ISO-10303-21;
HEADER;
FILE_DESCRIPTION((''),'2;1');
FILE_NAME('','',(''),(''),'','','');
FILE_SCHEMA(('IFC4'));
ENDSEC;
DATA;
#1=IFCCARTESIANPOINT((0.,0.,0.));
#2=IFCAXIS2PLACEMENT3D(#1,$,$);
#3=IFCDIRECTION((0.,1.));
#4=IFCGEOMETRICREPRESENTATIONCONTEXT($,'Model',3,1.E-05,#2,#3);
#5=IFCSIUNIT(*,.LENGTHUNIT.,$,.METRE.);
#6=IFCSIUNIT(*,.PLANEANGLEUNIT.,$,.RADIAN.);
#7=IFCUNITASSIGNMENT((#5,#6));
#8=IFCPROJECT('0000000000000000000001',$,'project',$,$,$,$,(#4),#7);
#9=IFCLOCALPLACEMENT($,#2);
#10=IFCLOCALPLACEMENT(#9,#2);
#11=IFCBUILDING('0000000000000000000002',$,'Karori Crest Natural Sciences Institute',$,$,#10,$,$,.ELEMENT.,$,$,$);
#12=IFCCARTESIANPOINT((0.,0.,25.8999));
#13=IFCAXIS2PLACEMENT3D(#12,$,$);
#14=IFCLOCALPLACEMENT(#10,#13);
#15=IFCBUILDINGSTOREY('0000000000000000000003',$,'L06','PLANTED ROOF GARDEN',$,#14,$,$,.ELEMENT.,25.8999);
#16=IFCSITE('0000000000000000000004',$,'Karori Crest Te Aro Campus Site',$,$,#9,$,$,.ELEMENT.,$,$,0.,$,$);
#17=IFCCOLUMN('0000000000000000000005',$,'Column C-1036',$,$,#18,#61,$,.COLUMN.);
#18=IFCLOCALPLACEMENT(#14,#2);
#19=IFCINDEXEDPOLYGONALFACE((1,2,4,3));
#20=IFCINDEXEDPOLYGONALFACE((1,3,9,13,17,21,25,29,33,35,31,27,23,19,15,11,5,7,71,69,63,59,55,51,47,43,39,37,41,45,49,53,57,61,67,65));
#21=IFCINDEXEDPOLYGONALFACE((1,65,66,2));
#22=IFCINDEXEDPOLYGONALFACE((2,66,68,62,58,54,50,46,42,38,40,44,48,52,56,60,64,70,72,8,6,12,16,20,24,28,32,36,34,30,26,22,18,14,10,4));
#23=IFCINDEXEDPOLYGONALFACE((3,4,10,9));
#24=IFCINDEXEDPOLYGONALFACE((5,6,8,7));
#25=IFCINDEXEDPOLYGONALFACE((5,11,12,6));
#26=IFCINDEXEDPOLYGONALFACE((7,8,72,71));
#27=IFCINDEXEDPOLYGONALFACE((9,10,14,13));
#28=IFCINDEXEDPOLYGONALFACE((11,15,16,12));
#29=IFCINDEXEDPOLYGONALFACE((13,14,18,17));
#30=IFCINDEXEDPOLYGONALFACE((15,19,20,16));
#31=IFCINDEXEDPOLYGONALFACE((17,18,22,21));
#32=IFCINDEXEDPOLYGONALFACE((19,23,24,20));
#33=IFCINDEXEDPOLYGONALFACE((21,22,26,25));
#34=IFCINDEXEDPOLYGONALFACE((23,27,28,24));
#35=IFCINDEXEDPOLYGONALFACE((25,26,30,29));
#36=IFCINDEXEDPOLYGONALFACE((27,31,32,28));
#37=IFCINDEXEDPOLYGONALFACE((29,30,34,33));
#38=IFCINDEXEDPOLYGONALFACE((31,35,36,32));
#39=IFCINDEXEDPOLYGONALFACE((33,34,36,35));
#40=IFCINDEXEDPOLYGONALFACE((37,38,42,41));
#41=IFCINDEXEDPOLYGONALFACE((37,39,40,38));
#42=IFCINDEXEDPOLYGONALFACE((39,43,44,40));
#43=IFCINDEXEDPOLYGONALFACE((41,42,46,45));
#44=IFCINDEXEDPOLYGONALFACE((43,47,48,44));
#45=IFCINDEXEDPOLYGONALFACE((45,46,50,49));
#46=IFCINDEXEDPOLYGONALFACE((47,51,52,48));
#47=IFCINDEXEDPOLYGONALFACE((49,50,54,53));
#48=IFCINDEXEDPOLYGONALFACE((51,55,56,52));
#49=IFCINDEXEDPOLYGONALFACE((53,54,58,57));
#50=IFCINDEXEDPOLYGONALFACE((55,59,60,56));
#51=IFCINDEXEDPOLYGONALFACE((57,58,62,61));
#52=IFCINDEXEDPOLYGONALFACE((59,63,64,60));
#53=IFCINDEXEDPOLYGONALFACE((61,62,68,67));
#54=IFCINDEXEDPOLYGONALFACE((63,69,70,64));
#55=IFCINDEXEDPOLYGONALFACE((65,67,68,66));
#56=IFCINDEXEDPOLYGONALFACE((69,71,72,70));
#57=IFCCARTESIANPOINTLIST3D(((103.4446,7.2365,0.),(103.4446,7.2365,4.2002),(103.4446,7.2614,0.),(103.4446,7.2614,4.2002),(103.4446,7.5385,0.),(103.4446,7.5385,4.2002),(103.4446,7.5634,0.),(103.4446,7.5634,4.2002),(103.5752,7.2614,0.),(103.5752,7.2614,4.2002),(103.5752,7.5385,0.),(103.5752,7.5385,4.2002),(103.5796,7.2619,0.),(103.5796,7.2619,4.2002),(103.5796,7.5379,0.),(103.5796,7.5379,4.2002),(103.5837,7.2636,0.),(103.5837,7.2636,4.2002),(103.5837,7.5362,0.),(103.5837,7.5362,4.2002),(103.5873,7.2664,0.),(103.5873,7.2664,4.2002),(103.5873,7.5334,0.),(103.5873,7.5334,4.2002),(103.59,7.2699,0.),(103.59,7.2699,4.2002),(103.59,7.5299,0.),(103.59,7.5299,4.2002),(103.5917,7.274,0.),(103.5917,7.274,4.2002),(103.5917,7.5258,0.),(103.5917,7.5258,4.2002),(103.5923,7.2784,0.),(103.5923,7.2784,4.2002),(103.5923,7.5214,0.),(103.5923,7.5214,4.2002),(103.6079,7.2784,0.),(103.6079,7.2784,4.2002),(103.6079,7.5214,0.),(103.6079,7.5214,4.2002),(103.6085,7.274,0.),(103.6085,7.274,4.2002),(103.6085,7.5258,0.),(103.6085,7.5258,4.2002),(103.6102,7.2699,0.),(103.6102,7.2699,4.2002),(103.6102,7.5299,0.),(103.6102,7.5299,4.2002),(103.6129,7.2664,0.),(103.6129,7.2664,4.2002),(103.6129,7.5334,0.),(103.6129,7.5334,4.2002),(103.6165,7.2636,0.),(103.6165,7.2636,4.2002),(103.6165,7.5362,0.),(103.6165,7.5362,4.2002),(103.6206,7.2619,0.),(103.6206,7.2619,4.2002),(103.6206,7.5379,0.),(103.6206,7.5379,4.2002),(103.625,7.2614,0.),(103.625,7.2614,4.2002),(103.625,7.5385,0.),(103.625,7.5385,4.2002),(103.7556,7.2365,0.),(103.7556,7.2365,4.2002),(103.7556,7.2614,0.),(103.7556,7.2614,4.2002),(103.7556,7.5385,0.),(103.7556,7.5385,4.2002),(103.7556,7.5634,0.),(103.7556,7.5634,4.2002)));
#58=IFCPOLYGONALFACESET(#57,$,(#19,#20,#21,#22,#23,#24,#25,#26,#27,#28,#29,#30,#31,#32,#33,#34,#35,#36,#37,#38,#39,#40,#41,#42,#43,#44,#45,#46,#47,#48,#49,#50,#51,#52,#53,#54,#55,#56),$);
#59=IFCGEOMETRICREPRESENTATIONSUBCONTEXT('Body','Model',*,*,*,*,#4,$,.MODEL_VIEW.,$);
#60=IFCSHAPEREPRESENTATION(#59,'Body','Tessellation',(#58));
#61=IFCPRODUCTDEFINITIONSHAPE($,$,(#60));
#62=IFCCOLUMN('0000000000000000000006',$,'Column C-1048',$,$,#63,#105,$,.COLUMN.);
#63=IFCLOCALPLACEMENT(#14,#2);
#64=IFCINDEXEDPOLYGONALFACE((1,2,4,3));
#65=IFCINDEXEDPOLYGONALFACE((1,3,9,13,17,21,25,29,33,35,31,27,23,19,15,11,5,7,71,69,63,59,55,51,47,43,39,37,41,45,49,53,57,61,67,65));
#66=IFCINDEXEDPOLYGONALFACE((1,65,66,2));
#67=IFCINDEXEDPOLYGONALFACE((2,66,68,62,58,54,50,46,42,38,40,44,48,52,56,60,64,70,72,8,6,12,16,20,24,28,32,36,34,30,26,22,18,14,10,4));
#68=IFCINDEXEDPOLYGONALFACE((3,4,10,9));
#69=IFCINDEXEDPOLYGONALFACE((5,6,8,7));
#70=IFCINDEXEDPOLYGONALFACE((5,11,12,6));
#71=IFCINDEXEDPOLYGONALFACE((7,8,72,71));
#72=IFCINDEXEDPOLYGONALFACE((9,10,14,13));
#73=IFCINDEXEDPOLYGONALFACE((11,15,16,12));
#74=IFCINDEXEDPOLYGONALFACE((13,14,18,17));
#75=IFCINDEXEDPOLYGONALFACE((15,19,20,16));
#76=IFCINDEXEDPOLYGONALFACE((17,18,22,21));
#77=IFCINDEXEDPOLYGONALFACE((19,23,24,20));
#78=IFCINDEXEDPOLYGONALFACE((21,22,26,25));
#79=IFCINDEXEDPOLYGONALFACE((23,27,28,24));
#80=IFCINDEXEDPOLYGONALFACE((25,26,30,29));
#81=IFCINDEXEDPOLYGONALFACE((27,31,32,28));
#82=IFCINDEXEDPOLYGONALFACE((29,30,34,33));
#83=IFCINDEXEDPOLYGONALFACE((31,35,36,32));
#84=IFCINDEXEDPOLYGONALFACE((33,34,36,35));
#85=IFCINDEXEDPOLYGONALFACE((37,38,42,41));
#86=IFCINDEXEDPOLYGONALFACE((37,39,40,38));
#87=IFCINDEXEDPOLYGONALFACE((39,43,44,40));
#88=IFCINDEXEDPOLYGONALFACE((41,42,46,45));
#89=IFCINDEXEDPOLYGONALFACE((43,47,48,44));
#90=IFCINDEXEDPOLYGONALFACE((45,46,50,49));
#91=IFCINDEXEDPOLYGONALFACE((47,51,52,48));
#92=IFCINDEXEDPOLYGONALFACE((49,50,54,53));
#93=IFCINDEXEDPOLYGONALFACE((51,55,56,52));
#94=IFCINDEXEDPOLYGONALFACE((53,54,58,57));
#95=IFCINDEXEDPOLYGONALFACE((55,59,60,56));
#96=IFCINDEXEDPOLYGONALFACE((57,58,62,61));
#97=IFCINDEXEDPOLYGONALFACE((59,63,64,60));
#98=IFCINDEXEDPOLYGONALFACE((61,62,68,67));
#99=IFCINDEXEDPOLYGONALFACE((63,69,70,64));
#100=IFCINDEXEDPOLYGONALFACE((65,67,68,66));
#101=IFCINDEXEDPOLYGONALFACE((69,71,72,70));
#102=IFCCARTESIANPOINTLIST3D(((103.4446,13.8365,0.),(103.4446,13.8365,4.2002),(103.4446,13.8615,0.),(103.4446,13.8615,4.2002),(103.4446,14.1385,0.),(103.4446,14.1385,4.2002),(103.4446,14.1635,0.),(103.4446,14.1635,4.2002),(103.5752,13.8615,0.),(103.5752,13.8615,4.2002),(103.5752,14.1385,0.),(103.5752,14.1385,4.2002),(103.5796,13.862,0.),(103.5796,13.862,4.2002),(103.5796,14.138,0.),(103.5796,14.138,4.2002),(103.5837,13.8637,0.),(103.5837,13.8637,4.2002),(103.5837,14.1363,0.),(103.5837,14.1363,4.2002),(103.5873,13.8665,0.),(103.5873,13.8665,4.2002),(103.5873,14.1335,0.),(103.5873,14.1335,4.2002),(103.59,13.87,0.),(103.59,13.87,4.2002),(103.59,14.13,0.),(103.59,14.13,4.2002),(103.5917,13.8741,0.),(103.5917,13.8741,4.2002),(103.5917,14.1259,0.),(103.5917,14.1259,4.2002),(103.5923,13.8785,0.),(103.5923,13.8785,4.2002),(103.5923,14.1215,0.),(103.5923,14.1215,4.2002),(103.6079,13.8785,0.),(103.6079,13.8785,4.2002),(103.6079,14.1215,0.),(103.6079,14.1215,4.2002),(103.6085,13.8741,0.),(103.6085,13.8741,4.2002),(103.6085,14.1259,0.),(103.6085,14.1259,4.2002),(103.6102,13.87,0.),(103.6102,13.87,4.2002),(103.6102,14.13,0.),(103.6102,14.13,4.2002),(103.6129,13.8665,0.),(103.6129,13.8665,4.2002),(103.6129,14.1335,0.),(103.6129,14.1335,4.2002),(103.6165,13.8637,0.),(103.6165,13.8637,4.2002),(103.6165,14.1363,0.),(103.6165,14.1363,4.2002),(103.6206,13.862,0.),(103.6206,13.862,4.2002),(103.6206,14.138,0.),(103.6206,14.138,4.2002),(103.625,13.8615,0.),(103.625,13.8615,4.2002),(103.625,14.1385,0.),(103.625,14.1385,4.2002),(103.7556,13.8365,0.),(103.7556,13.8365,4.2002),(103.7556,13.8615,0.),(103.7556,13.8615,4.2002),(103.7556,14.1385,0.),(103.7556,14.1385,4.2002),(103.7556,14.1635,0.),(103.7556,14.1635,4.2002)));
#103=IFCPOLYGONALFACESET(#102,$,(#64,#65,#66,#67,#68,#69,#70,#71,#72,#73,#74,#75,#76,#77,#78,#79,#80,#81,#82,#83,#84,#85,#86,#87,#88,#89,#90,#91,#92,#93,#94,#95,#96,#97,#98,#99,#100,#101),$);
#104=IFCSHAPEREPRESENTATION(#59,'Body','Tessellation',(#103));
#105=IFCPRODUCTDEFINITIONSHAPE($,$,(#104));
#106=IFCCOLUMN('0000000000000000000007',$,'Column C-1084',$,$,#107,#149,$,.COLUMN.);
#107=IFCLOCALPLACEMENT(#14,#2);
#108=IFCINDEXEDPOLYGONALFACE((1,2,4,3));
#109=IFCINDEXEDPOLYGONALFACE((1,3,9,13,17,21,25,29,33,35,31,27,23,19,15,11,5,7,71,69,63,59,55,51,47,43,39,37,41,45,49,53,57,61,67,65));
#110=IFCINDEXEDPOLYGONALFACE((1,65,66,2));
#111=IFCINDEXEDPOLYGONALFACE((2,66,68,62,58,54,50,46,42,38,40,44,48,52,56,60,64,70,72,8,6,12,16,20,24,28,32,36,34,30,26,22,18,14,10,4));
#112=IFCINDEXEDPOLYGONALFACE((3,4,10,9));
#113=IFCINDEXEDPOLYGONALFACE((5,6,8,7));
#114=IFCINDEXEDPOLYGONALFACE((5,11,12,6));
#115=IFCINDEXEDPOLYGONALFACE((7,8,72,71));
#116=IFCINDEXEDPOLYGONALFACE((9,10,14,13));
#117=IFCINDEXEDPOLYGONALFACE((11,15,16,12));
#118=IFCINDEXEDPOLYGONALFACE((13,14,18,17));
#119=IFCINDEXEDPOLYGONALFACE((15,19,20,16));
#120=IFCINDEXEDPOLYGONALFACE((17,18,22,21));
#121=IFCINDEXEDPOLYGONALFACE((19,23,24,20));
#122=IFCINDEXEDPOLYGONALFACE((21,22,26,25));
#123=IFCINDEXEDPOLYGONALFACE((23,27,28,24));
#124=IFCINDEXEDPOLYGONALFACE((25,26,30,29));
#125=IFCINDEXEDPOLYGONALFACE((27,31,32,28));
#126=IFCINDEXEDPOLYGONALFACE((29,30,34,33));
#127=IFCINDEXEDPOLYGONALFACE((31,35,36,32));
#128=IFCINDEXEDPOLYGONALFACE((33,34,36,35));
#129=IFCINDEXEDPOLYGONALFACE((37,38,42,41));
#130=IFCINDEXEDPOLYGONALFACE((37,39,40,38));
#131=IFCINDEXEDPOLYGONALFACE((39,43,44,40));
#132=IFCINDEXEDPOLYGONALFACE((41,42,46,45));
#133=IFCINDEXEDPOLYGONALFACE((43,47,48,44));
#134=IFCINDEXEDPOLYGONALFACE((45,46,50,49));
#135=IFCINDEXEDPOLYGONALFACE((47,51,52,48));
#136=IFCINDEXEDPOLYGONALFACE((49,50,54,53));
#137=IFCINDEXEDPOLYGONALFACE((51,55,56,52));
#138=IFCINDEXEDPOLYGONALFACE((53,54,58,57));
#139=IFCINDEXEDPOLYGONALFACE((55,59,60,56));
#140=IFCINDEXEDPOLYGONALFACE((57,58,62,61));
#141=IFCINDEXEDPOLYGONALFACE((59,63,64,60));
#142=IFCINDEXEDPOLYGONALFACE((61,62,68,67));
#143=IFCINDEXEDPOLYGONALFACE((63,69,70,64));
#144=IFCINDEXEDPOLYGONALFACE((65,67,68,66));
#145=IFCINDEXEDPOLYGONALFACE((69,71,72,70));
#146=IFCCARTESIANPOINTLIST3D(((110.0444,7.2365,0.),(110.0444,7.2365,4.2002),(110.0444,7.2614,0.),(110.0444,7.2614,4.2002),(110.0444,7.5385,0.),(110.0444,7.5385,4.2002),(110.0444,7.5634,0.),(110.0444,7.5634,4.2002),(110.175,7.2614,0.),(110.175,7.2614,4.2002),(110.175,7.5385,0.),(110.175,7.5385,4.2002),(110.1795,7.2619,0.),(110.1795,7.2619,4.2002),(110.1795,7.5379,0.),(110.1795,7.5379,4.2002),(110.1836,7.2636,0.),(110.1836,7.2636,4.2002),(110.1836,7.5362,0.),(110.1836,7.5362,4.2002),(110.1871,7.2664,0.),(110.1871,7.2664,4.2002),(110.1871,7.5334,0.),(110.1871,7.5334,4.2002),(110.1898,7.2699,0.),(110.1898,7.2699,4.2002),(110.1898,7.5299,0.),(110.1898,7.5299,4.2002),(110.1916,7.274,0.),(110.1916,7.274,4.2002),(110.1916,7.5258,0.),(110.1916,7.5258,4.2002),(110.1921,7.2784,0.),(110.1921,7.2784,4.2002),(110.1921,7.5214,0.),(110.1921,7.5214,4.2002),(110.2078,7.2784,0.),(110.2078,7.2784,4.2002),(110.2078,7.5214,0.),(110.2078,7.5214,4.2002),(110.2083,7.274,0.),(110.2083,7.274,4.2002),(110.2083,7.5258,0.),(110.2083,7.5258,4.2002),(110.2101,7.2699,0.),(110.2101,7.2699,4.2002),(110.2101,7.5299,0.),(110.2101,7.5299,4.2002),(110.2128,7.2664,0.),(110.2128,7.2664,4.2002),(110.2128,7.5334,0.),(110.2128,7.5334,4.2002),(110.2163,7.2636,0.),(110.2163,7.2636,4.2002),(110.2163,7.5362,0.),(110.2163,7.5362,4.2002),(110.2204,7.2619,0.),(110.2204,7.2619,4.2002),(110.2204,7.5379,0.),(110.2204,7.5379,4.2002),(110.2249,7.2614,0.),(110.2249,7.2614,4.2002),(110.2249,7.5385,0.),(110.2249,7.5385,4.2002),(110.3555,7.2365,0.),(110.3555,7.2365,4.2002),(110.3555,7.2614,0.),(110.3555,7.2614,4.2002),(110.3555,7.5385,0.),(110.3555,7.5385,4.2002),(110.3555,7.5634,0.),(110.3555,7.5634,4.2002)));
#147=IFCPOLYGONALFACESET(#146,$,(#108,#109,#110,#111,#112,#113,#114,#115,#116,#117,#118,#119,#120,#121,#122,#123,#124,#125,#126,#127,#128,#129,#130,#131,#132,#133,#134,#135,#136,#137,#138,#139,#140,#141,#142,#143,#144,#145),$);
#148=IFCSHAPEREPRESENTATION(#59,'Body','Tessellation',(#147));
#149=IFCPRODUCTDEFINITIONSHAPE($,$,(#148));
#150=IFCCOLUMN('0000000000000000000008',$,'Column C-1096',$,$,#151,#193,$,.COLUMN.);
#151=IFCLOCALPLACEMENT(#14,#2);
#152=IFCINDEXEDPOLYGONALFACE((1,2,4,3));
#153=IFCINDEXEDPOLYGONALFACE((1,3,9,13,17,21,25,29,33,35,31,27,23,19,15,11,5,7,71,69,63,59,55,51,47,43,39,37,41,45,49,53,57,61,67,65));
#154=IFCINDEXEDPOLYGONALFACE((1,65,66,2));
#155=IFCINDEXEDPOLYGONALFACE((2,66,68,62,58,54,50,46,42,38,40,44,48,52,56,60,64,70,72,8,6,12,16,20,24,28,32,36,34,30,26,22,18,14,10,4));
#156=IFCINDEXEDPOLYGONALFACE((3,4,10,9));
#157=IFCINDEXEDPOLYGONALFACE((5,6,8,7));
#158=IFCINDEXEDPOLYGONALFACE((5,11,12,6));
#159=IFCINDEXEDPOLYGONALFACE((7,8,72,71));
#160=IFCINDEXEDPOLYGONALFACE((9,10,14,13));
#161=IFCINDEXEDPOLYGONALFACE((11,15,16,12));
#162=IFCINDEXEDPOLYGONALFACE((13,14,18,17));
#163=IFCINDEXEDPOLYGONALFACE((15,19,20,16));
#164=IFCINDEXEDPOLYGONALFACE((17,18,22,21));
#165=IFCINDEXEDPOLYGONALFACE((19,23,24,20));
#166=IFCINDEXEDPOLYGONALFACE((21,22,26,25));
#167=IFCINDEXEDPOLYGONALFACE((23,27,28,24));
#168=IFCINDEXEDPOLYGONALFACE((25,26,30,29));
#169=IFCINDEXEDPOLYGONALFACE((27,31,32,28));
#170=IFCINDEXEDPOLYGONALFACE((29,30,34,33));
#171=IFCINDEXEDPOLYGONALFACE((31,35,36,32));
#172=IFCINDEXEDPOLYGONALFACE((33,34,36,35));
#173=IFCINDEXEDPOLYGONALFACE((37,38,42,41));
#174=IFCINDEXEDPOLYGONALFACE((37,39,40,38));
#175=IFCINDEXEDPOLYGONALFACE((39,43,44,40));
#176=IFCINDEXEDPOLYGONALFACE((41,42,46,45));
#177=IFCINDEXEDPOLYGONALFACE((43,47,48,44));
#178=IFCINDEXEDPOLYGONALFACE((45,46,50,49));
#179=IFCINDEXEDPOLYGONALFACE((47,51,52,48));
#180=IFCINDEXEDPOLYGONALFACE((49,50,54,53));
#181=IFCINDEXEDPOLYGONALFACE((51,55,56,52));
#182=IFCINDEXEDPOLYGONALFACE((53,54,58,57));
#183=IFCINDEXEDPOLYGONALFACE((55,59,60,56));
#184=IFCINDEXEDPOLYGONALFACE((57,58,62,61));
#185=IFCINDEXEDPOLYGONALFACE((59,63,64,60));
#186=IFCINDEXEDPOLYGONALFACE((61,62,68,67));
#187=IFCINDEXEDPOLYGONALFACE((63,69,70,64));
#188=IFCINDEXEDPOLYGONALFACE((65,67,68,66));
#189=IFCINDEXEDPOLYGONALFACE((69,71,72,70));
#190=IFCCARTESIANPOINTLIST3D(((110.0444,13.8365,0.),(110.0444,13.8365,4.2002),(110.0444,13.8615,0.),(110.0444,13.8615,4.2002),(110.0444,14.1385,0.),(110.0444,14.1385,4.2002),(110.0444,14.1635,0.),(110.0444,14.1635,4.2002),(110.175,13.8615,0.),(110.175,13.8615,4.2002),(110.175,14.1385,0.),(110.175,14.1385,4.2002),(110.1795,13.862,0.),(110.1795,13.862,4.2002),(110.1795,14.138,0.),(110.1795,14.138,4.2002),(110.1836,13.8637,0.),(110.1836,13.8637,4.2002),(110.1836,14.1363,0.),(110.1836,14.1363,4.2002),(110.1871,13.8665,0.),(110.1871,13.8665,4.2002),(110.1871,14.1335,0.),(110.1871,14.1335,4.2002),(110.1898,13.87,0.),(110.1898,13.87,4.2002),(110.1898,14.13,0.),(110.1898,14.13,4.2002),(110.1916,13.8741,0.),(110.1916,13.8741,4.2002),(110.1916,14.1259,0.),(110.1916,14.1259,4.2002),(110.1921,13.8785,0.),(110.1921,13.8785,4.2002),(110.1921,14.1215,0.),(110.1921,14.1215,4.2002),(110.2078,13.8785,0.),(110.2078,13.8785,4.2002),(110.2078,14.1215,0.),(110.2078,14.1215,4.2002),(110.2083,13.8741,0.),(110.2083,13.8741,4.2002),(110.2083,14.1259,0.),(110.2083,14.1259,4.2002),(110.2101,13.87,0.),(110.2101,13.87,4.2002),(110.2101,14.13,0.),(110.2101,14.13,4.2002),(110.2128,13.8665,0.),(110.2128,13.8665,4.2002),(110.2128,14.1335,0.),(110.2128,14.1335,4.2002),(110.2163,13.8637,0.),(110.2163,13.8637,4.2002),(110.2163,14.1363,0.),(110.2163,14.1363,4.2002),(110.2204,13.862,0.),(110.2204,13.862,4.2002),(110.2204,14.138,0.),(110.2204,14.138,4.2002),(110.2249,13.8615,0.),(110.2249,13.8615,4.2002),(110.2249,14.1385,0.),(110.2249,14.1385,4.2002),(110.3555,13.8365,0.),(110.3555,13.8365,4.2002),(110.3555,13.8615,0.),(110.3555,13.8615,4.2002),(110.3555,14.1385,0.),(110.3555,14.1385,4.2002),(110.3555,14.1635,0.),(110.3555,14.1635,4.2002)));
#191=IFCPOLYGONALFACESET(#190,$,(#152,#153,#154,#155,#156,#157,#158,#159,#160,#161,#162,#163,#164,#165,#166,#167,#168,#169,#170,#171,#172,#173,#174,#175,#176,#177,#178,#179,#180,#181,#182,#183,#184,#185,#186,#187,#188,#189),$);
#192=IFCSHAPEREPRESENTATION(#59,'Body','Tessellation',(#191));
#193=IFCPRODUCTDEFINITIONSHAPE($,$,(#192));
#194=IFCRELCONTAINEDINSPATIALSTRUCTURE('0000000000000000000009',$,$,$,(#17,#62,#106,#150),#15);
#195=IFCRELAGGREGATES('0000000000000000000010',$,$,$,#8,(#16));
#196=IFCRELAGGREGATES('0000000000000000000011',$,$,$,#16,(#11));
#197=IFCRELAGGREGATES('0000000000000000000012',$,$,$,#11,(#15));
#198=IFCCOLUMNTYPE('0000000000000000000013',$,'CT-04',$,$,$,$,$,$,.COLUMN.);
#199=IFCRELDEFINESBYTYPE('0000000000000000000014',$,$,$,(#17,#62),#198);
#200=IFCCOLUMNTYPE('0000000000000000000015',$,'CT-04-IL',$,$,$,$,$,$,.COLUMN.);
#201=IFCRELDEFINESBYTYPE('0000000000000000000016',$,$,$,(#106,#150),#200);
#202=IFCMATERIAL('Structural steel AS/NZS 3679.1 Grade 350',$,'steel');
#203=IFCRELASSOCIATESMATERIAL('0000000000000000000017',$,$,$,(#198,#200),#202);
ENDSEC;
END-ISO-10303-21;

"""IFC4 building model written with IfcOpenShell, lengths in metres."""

from ifc_helpers import new_model, si_unit, direction, frame, origin, origin_2d, place, context, subcontext, project, spatial, i_section, extrude, material, material_profile, profile_set, type_object, element, save


model = new_model("IFC4")

# Units and contexts
model_context = context("Model", 3, precision=1e-05, world=origin(), true_north=direction((0.0, 1.0)))
body_context = subcontext(model_context, "Body", "Model", "MODEL_VIEW")
ifc_project = project(units=[si_unit("LENGTHUNIT", "METRE"), si_unit("PLANEANGLEUNIT", "RADIAN")], contexts=[model_context])

# Site, building, storey
site_placement = place(None, origin())
site = spatial("IfcSite", under=ifc_project, at=site_placement, Name="Karori Crest Te Aro Campus Site", CompositionType="ELEMENT", RefElevation=0.0)
building_placement = place(site_placement, origin())
building = spatial("IfcBuilding", under=site, at=building_placement, Name="Karori Crest Natural Sciences Institute", CompositionType="ELEMENT")
storey_placement = place(building_placement, frame((0.0, 0.0, 25.8999)))
storey = spatial("IfcBuildingStorey", under=building, at=storey_placement, Name="L06", Description="PLANTED ROOF GARDEN", CompositionType="ELEMENT", Elevation=25.8999)

# Columns
ifc_material_1 = material(Name="Structural steel AS/NZS 3679.1 Grade 350", Category="steel")
ifc_material_profile_1 = material_profile(ifc_material_1, i_section(OverallWidth=0.311, OverallDepth=0.3269, WebThickness=0.0156, FlangeThickness=0.0249, FilletRadius=0.0171, at=origin_2d()), Name="310UC158")
ifc_profile_set_1 = profile_set([ifc_material_profile_1], Name="Structural steel AS/NZS 3679.1 Grade 350")
column_type_1 = type_object("IfcColumnType", Name="CT-04", PredefinedType="COLUMN", material=ifc_profile_set_1)
for number, where, z_axis, x_axis, name in (
    (1, (103.6001, 7.3999, 0.0), (0.0, 0.0, 1.0), (1.0, 0.0, 0.0), "Column C-1036"),
    (2, (103.6001, 14.0, 0.0), (0.0, 0.0, 1.0), (1.0, 0.0, 0.0), "Column C-1048"),
):
    element("IfcColumn", number, at=place(storey_placement, frame(where, z_axis=z_axis, x_axis=x_axis)), inside=storey, type_object=column_type_1, Name=name, PredefinedType="COLUMN", context=body_context, shape_type="SweptSolid", body=[
        extrude(i_section(OverallWidth=0.311, OverallDepth=0.3269, WebThickness=0.0156, FlangeThickness=0.0249, FilletRadius=0.0171, at=origin_2d()), origin(), (0.0, 0.0, 1.0), 4.2002),
    ])
ifc_material_profile_2 = material_profile(ifc_material_1, i_section(OverallWidth=0.311, OverallDepth=0.3269, WebThickness=0.0156, FlangeThickness=0.0249, FilletRadius=0.0171, at=origin_2d()), Name="310UC158")
ifc_profile_set_2 = profile_set([ifc_material_profile_2], Name="Structural steel AS/NZS 3679.1 Grade 350")
column_type_2 = type_object("IfcColumnType", Name="CT-04-IL", PredefinedType="COLUMN", material=ifc_profile_set_2)
for number, where, z_axis, x_axis, name in (
    (3, (110.2, 7.3999, 0.0), (0.0, 0.0, 1.0), (1.0, 0.0, 0.0), "Column C-1084"),
    (4, (110.2, 14.0, 0.0), (0.0, 0.0, 1.0), (1.0, 0.0, 0.0), "Column C-1096"),
):
    element("IfcColumn", number, at=place(storey_placement, frame(where, z_axis=z_axis, x_axis=x_axis)), inside=storey, type_object=column_type_2, Name=name, PredefinedType="COLUMN", context=body_context, shape_type="SweptSolid", body=[
        extrude(i_section(OverallWidth=0.311, OverallDepth=0.3269, WebThickness=0.0156, FlangeThickness=0.0249, FilletRadius=0.0171, at=origin_2d()), origin(), (0.0, 0.0, 1.0), 4.2002),
    ])

save(model, "model.ifc")
